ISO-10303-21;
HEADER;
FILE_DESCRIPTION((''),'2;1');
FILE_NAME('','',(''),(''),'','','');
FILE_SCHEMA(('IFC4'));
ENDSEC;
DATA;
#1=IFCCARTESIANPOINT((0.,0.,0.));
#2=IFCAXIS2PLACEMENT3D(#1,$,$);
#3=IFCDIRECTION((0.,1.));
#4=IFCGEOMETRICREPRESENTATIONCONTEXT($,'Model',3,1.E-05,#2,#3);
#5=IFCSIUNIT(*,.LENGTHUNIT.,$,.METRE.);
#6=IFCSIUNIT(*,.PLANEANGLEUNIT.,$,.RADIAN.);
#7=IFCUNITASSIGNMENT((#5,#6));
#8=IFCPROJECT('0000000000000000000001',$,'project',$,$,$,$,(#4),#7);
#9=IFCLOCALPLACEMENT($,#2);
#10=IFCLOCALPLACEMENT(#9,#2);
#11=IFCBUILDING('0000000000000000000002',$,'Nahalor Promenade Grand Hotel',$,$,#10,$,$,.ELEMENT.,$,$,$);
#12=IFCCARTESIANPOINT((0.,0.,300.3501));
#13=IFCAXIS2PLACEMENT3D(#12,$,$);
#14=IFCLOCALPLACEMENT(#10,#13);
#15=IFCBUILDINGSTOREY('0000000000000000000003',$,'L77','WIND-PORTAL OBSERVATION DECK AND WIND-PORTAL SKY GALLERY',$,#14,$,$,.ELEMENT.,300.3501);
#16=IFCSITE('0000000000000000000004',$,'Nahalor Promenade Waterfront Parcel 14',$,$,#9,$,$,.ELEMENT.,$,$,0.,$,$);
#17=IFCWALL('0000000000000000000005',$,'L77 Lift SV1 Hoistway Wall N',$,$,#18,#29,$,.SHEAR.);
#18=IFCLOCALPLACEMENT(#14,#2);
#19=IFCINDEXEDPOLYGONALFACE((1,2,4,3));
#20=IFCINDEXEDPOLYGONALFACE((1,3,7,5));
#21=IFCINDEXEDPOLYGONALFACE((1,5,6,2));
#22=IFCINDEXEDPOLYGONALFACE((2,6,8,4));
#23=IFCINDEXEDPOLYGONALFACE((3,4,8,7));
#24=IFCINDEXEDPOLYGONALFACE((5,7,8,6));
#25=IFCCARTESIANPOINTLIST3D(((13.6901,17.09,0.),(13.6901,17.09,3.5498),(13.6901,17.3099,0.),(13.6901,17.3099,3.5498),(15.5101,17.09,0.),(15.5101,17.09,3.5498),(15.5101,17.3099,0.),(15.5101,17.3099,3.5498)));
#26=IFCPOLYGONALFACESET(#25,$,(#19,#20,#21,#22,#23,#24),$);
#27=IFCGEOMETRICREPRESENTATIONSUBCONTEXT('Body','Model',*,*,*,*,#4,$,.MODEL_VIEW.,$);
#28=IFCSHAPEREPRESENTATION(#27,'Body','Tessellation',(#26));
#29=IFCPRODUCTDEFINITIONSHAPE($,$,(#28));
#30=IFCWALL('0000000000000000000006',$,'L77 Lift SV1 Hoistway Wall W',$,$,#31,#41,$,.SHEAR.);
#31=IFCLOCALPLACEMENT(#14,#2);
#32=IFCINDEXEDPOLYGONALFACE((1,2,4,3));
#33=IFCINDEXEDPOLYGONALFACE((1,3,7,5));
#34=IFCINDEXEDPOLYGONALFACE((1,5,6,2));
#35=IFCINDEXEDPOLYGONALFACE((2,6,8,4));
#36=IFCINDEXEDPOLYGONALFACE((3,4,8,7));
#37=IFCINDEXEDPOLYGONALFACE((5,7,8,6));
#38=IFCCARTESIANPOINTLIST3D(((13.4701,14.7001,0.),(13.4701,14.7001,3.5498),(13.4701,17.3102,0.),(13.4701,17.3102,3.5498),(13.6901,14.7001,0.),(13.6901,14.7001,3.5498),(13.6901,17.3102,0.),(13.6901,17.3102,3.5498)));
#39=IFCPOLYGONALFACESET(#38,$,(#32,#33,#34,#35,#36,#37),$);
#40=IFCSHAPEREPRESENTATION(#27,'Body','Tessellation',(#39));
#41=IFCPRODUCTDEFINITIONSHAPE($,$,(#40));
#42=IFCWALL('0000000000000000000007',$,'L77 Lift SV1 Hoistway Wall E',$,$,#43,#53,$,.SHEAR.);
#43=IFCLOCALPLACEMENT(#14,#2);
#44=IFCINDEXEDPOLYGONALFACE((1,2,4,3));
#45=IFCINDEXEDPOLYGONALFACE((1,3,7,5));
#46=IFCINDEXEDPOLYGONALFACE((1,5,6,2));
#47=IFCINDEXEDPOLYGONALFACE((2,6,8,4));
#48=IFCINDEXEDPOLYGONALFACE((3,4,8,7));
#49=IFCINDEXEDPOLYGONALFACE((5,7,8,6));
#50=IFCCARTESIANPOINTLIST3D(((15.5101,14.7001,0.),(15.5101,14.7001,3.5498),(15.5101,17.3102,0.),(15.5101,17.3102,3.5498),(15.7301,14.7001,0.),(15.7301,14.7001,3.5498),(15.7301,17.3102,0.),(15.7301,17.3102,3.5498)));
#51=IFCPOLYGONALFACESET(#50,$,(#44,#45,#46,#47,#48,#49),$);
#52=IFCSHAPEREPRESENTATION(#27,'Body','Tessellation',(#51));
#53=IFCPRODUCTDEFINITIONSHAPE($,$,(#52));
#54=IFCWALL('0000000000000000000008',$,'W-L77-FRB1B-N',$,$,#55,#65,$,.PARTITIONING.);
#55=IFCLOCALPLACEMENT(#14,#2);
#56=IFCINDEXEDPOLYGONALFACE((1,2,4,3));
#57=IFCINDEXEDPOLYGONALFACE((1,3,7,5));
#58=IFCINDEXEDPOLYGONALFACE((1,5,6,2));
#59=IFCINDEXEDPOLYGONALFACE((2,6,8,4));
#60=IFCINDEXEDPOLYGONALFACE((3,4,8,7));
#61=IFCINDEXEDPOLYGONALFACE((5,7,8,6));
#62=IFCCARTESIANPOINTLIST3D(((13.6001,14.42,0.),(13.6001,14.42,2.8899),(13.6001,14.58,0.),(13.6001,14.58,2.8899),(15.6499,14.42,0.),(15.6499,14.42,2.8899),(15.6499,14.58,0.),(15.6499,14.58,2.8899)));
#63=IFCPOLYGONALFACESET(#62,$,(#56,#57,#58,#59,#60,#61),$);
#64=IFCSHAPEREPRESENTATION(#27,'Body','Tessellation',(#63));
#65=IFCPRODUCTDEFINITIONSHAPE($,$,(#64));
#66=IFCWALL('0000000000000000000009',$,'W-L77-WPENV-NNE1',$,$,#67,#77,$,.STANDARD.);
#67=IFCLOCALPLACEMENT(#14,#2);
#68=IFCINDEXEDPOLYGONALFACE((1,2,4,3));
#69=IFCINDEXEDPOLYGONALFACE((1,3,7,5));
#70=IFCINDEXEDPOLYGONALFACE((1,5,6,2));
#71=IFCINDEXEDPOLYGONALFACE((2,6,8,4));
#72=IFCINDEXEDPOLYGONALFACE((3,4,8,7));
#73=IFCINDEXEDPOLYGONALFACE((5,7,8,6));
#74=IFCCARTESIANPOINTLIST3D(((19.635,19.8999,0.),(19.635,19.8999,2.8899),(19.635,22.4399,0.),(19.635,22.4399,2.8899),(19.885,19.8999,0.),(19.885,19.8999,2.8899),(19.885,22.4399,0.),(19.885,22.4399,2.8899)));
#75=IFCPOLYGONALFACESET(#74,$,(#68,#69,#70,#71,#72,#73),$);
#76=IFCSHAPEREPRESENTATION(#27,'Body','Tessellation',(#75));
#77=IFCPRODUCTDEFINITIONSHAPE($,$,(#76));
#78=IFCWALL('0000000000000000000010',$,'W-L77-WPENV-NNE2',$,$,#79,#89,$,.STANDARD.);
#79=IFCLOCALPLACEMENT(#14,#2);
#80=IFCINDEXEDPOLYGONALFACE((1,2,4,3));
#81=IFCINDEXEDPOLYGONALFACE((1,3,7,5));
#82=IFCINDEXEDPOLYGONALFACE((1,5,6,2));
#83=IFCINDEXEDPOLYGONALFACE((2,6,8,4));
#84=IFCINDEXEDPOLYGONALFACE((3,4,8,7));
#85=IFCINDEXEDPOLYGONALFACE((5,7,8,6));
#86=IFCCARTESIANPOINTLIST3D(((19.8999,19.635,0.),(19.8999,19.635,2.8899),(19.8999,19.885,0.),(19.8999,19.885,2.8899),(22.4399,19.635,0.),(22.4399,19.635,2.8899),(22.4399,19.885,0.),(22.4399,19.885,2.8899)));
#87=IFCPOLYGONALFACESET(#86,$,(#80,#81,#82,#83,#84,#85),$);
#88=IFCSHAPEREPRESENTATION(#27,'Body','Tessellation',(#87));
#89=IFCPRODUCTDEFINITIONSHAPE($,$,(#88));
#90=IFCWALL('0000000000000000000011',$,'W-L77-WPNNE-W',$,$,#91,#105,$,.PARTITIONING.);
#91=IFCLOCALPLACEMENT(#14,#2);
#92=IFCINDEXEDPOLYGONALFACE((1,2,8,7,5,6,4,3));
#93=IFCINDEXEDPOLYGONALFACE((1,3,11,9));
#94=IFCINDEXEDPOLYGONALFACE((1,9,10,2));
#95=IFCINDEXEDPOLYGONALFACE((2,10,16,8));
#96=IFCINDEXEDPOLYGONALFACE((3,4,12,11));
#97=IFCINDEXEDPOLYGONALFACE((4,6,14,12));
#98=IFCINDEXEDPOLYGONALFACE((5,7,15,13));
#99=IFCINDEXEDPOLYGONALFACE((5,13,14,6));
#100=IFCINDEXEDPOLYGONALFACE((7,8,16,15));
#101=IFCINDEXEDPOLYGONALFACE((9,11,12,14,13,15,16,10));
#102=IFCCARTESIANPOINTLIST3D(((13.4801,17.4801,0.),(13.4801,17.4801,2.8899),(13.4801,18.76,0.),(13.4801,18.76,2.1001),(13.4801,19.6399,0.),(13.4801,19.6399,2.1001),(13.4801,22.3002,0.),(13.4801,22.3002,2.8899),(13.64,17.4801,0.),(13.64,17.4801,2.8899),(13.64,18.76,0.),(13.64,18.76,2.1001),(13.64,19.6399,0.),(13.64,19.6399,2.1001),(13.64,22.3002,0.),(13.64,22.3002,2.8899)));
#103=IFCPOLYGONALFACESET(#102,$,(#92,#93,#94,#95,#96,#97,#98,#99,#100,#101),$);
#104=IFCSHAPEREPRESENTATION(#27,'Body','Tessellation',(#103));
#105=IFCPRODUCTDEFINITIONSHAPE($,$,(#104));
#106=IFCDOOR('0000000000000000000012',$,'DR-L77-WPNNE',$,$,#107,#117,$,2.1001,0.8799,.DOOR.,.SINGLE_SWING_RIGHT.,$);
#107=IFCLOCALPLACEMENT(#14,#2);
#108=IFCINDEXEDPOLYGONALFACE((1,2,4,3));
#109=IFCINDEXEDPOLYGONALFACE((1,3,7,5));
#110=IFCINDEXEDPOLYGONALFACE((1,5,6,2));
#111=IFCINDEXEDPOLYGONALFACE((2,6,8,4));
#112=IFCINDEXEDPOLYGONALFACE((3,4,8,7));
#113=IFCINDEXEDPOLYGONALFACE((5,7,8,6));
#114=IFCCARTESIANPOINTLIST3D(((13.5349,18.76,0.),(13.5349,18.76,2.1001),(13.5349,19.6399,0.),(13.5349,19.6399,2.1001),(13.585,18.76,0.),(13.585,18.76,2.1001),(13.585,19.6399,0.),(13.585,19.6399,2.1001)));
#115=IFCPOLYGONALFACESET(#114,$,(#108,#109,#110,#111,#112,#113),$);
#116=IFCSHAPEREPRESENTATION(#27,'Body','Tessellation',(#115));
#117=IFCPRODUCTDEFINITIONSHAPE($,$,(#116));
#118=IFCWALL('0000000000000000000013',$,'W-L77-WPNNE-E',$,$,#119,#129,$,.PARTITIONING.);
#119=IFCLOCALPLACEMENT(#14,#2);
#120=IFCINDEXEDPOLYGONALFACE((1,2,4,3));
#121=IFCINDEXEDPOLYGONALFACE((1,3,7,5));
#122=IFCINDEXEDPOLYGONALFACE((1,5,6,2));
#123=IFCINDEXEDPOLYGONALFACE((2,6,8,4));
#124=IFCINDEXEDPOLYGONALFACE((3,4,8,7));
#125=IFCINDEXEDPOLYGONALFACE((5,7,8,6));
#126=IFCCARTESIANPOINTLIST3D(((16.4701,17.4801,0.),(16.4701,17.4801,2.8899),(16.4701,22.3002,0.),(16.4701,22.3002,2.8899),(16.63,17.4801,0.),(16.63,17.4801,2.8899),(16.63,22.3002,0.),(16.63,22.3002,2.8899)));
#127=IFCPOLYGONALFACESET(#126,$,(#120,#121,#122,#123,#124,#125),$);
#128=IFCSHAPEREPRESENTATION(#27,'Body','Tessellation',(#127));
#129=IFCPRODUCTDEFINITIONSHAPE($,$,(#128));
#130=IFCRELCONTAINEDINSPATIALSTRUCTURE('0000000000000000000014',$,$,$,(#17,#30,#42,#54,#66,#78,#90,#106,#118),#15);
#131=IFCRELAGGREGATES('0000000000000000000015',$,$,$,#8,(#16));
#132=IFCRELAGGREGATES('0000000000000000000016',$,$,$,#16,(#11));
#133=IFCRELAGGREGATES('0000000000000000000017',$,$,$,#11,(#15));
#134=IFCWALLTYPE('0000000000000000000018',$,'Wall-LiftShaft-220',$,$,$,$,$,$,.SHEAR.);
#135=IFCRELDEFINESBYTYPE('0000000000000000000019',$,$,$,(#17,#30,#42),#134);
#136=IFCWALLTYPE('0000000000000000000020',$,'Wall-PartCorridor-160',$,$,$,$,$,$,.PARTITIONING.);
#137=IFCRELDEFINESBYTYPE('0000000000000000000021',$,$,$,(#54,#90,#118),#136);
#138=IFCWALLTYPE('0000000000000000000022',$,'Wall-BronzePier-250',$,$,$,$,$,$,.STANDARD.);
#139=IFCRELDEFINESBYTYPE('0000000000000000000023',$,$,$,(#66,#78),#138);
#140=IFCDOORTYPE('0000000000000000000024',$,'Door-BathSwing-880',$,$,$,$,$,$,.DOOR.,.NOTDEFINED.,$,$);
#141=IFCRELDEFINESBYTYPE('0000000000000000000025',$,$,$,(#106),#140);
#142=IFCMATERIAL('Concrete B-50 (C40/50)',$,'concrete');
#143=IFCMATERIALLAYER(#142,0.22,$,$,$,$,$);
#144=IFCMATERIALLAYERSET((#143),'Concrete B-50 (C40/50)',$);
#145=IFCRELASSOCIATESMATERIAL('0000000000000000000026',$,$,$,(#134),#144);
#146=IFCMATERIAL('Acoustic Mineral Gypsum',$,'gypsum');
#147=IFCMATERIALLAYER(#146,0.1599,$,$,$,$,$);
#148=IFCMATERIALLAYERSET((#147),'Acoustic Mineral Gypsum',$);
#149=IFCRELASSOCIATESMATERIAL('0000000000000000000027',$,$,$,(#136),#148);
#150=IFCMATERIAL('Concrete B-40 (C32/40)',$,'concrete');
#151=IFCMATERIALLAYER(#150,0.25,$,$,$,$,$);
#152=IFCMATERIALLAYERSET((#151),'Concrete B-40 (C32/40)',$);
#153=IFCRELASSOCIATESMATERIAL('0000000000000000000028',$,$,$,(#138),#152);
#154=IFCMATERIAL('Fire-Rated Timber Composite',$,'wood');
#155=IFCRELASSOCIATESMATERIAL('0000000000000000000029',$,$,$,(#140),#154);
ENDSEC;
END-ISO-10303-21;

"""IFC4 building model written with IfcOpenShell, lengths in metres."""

from ifc_helpers import new_model, si_unit, direction, frame, frame_2d, origin, place, context, subcontext, project, spatial, rectangle, extrude, source, transform, mapped, material, layer, layer_set, type_object, element, fill, save


model = new_model("IFC4")

# Units and contexts
model_context = context("Model", 3, precision=1e-05, world=origin(), true_north=direction((0.0, 1.0)))
body_context = subcontext(model_context, "Body", "Model", "MODEL_VIEW")
ifc_project = project(units=[si_unit("LENGTHUNIT", "METRE"), si_unit("PLANEANGLEUNIT", "RADIAN")], contexts=[model_context])

# Site, building, storey
site_placement = place(None, origin())
site = spatial("IfcSite", under=ifc_project, at=site_placement, Name="Nahalor Promenade Waterfront Parcel 14", CompositionType="ELEMENT", RefElevation=0.0)
building_placement = place(site_placement, origin())
building = spatial("IfcBuilding", under=site, at=building_placement, Name="Nahalor Promenade Grand Hotel", CompositionType="ELEMENT")
storey_placement = place(building_placement, frame((0.0, 0.0, 300.3501)))
storey = spatial("IfcBuildingStorey", under=building, at=storey_placement, Name="L77", Description="WIND-PORTAL OBSERVATION DECK AND WIND-PORTAL SKY GALLERY", CompositionType="ELEMENT", Elevation=300.3501)

# Shared definitions
ifc_material_1 = material(Name="Concrete B-50 (C40/50)", Category="concrete")

# Walls
ifc_layer_1 = layer(ifc_material_1, 0.22)
ifc_layer_set_1 = layer_set([ifc_layer_1], Name="Concrete B-50 (C40/50)")
wall_type_1 = type_object("IfcWallType", Name="Wall-LiftShaft-220", PredefinedType="SHEAR", material=ifc_layer_set_1)
shared_shape_1 = source(origin(), body_context, "Body", "SweptSolid", [
    extrude(rectangle(XDim=1.8201, YDim=0.22, at=frame_2d((0.9102, 0.0))), origin(), (0.0, 0.0, 1.0), 3.5498),
])
wall_1_placement = place(storey_placement, frame((13.6899, 17.2, 0.0), z_axis=(0.0, 0.0, 1.0), x_axis=(1.0, 0.0, 0.0)))
element("IfcWall", 1, at=wall_1_placement, inside=storey, type_object=wall_type_1, Name="L77 Lift SV1 Hoistway Wall N", PredefinedType="SHEAR", context=body_context, shape_type="MappedRepresentation", body=[
    mapped(shared_shape_1, transform((0.0, 0.0, 0.0), scale=1.0)),
])
shared_shape_2 = source(origin(), body_context, "Body", "SweptSolid", [
    extrude(rectangle(XDim=2.6101, YDim=0.22, at=frame_2d((1.3052, 0.0))), origin(), (0.0, 0.0, 1.0), 3.5498),
])
for number, where, z_axis, x_axis, name in (
    (2, (13.5801, 14.7, 0.0), (0.0, 0.0, 1.0), (0.0, 1.0, 0.0), "L77 Lift SV1 Hoistway Wall W"),
    (3, (15.6201, 14.7, 0.0), (0.0, 0.0, 1.0), (0.0, 1.0, 0.0), "L77 Lift SV1 Hoistway Wall E"),
):
    element("IfcWall", number, at=place(storey_placement, frame(where, z_axis=z_axis, x_axis=x_axis)), inside=storey, type_object=wall_type_1, Name=name, PredefinedType="SHEAR", context=body_context, shape_type="MappedRepresentation", body=[
        mapped(shared_shape_2, transform((0.0, 0.0, 0.0), scale=1.0)),
    ])
ifc_material_2 = material(Name="Acoustic Mineral Gypsum", Category="gypsum")
ifc_layer_2 = layer(ifc_material_2, 0.1599)
ifc_layer_set_2 = layer_set([ifc_layer_2], Name="Acoustic Mineral Gypsum")
wall_type_2 = type_object("IfcWallType", Name="Wall-PartCorridor-160", PredefinedType="PARTITIONING", material=ifc_layer_set_2)
shared_shape_3 = source(origin(), body_context, "Body", "SweptSolid", [
    extrude(rectangle(XDim=2.0498, YDim=0.1599, at=frame_2d((1.0249, 0.0))), origin(), (0.0, 0.0, 1.0), 2.8899),
])
wall_2_placement = place(storey_placement, frame((13.6001, 14.5, 0.0), z_axis=(0.0, 0.0, 1.0), x_axis=(1.0, 0.0, 0.0)))
element("IfcWall", 4, at=wall_2_placement, inside=storey, type_object=wall_type_2, Name="W-L77-FRB1B-N", PredefinedType="PARTITIONING", context=body_context, shape_type="MappedRepresentation", body=[
    mapped(shared_shape_3, transform((0.0, 0.0, 0.0), scale=1.0)),
])
ifc_material_3 = material(Name="Concrete B-40 (C32/40)", Category="concrete")
ifc_layer_3 = layer(ifc_material_3, 0.25)
ifc_layer_set_3 = layer_set([ifc_layer_3], Name="Concrete B-40 (C32/40)")
wall_type_3 = type_object("IfcWallType", Name="Wall-BronzePier-250", PredefinedType="STANDARD", material=ifc_layer_set_3)
shared_shape_4 = source(origin(), body_context, "Body", "SweptSolid", [
    extrude(rectangle(XDim=2.54, YDim=0.25, at=frame_2d((1.27, 0.0))), origin(), (0.0, 0.0, 1.0), 2.8899),
])
for number, where, z_axis, x_axis, name in (
    (5, (19.76, 19.8999, 0.0), (0.0, 0.0, 1.0), (0.0, 1.0, 0.0), "W-L77-WPENV-NNE1"),
    (6, (19.8999, 19.76, 0.0), (0.0, 0.0, 1.0), (1.0, 0.0, 0.0), "W-L77-WPENV-NNE2"),
):
    element("IfcWall", number, at=place(storey_placement, frame(where, z_axis=z_axis, x_axis=x_axis)), inside=storey, type_object=wall_type_3, Name=name, PredefinedType="STANDARD", context=body_context, shape_type="MappedRepresentation", body=[
        mapped(shared_shape_4, transform((0.0, 0.0, 0.0), scale=1.0)),
    ])

# Wall, opening, door
shared_shape_5 = source(origin(), body_context, "Body", "SweptSolid", [
    extrude(rectangle(XDim=4.8201, YDim=0.1599, at=frame_2d((2.4102, 0.0))), origin(), (0.0, 0.0, 1.0), 2.8899),
])
wall_3_placement = place(storey_placement, frame((13.5601, 17.48, 0.0), z_axis=(0.0, 0.0, 1.0), x_axis=(0.0, 1.0, 0.0)))
wall_3 = element("IfcWall", 7, at=wall_3_placement, inside=storey, type_object=wall_type_2, Name="W-L77-WPNNE-W", PredefinedType="PARTITIONING", context=body_context, shape_type="MappedRepresentation", body=[
    mapped(shared_shape_5, transform((0.0, 0.0, 0.0), scale=1.0)),
])
opening_placement = place(wall_3_placement, frame((1.28, 0.0, 0.0)))
opening = element("IfcOpeningElement", 8, at=opening_placement, cuts=wall_3, PredefinedType="OPENING", context=body_context, shape_type="SweptSolid", body=[
    extrude(rectangle(XDim=0.8799, YDim=2.1001, at=frame_2d((0.4399, 1.05))), frame((0.0, 0.0898, 0.0), z_axis=(0.0, -1.0, 0.0), x_axis=(1.0, 0.0, 0.0)), (0.0, 0.0, 1.0), 0.1799),
])
ifc_material_4 = material(Name="Fire-Rated Timber Composite", Category="wood")
door_type = type_object("IfcDoorType", Name="Door-BathSwing-880", OperationType="NOTDEFINED", PredefinedType="DOOR", material=ifc_material_4)
shared_shape_6 = source(origin(), body_context, "Body", "SweptSolid", [
    extrude(rectangle(XDim=0.8799, YDim=2.1001, at=frame_2d((0.4399, 1.05))), frame((0.0, 0.0249, 0.0), z_axis=(0.0, -1.0, 0.0), x_axis=(1.0, 0.0, 0.0)), (0.0, 0.0, 1.0), 0.05),
])
door_placement = place(opening_placement, frame((0.8799, 0.0, 0.0), z_axis=(0.0, 0.0, 1.0), x_axis=(-1.0, 0.0, 0.0)))
door = element("IfcDoor", 9, at=door_placement, inside=storey, type_object=door_type, Name="DR-L77-WPNNE", OperationType="SINGLE_SWING_RIGHT", OverallHeight=2.1001, OverallWidth=0.8799, PredefinedType="DOOR", context=body_context, shape_type="MappedRepresentation", body=[
    mapped(shared_shape_6, transform((0.0, 0.0, 0.0), scale=1.0)),
])
fill(opening, door)

# Wall
wall_4_placement = place(storey_placement, frame((16.55, 17.48, 0.0), z_axis=(0.0, 0.0, 1.0), x_axis=(0.0, 1.0, 0.0)))
element("IfcWall", 10, at=wall_4_placement, inside=storey, type_object=wall_type_2, Name="W-L77-WPNNE-E", PredefinedType="PARTITIONING", context=body_context, shape_type="MappedRepresentation", body=[
    mapped(shared_shape_5, transform((0.0, 0.0, 0.0), scale=1.0)),
])

save(model, "model.ifc")
